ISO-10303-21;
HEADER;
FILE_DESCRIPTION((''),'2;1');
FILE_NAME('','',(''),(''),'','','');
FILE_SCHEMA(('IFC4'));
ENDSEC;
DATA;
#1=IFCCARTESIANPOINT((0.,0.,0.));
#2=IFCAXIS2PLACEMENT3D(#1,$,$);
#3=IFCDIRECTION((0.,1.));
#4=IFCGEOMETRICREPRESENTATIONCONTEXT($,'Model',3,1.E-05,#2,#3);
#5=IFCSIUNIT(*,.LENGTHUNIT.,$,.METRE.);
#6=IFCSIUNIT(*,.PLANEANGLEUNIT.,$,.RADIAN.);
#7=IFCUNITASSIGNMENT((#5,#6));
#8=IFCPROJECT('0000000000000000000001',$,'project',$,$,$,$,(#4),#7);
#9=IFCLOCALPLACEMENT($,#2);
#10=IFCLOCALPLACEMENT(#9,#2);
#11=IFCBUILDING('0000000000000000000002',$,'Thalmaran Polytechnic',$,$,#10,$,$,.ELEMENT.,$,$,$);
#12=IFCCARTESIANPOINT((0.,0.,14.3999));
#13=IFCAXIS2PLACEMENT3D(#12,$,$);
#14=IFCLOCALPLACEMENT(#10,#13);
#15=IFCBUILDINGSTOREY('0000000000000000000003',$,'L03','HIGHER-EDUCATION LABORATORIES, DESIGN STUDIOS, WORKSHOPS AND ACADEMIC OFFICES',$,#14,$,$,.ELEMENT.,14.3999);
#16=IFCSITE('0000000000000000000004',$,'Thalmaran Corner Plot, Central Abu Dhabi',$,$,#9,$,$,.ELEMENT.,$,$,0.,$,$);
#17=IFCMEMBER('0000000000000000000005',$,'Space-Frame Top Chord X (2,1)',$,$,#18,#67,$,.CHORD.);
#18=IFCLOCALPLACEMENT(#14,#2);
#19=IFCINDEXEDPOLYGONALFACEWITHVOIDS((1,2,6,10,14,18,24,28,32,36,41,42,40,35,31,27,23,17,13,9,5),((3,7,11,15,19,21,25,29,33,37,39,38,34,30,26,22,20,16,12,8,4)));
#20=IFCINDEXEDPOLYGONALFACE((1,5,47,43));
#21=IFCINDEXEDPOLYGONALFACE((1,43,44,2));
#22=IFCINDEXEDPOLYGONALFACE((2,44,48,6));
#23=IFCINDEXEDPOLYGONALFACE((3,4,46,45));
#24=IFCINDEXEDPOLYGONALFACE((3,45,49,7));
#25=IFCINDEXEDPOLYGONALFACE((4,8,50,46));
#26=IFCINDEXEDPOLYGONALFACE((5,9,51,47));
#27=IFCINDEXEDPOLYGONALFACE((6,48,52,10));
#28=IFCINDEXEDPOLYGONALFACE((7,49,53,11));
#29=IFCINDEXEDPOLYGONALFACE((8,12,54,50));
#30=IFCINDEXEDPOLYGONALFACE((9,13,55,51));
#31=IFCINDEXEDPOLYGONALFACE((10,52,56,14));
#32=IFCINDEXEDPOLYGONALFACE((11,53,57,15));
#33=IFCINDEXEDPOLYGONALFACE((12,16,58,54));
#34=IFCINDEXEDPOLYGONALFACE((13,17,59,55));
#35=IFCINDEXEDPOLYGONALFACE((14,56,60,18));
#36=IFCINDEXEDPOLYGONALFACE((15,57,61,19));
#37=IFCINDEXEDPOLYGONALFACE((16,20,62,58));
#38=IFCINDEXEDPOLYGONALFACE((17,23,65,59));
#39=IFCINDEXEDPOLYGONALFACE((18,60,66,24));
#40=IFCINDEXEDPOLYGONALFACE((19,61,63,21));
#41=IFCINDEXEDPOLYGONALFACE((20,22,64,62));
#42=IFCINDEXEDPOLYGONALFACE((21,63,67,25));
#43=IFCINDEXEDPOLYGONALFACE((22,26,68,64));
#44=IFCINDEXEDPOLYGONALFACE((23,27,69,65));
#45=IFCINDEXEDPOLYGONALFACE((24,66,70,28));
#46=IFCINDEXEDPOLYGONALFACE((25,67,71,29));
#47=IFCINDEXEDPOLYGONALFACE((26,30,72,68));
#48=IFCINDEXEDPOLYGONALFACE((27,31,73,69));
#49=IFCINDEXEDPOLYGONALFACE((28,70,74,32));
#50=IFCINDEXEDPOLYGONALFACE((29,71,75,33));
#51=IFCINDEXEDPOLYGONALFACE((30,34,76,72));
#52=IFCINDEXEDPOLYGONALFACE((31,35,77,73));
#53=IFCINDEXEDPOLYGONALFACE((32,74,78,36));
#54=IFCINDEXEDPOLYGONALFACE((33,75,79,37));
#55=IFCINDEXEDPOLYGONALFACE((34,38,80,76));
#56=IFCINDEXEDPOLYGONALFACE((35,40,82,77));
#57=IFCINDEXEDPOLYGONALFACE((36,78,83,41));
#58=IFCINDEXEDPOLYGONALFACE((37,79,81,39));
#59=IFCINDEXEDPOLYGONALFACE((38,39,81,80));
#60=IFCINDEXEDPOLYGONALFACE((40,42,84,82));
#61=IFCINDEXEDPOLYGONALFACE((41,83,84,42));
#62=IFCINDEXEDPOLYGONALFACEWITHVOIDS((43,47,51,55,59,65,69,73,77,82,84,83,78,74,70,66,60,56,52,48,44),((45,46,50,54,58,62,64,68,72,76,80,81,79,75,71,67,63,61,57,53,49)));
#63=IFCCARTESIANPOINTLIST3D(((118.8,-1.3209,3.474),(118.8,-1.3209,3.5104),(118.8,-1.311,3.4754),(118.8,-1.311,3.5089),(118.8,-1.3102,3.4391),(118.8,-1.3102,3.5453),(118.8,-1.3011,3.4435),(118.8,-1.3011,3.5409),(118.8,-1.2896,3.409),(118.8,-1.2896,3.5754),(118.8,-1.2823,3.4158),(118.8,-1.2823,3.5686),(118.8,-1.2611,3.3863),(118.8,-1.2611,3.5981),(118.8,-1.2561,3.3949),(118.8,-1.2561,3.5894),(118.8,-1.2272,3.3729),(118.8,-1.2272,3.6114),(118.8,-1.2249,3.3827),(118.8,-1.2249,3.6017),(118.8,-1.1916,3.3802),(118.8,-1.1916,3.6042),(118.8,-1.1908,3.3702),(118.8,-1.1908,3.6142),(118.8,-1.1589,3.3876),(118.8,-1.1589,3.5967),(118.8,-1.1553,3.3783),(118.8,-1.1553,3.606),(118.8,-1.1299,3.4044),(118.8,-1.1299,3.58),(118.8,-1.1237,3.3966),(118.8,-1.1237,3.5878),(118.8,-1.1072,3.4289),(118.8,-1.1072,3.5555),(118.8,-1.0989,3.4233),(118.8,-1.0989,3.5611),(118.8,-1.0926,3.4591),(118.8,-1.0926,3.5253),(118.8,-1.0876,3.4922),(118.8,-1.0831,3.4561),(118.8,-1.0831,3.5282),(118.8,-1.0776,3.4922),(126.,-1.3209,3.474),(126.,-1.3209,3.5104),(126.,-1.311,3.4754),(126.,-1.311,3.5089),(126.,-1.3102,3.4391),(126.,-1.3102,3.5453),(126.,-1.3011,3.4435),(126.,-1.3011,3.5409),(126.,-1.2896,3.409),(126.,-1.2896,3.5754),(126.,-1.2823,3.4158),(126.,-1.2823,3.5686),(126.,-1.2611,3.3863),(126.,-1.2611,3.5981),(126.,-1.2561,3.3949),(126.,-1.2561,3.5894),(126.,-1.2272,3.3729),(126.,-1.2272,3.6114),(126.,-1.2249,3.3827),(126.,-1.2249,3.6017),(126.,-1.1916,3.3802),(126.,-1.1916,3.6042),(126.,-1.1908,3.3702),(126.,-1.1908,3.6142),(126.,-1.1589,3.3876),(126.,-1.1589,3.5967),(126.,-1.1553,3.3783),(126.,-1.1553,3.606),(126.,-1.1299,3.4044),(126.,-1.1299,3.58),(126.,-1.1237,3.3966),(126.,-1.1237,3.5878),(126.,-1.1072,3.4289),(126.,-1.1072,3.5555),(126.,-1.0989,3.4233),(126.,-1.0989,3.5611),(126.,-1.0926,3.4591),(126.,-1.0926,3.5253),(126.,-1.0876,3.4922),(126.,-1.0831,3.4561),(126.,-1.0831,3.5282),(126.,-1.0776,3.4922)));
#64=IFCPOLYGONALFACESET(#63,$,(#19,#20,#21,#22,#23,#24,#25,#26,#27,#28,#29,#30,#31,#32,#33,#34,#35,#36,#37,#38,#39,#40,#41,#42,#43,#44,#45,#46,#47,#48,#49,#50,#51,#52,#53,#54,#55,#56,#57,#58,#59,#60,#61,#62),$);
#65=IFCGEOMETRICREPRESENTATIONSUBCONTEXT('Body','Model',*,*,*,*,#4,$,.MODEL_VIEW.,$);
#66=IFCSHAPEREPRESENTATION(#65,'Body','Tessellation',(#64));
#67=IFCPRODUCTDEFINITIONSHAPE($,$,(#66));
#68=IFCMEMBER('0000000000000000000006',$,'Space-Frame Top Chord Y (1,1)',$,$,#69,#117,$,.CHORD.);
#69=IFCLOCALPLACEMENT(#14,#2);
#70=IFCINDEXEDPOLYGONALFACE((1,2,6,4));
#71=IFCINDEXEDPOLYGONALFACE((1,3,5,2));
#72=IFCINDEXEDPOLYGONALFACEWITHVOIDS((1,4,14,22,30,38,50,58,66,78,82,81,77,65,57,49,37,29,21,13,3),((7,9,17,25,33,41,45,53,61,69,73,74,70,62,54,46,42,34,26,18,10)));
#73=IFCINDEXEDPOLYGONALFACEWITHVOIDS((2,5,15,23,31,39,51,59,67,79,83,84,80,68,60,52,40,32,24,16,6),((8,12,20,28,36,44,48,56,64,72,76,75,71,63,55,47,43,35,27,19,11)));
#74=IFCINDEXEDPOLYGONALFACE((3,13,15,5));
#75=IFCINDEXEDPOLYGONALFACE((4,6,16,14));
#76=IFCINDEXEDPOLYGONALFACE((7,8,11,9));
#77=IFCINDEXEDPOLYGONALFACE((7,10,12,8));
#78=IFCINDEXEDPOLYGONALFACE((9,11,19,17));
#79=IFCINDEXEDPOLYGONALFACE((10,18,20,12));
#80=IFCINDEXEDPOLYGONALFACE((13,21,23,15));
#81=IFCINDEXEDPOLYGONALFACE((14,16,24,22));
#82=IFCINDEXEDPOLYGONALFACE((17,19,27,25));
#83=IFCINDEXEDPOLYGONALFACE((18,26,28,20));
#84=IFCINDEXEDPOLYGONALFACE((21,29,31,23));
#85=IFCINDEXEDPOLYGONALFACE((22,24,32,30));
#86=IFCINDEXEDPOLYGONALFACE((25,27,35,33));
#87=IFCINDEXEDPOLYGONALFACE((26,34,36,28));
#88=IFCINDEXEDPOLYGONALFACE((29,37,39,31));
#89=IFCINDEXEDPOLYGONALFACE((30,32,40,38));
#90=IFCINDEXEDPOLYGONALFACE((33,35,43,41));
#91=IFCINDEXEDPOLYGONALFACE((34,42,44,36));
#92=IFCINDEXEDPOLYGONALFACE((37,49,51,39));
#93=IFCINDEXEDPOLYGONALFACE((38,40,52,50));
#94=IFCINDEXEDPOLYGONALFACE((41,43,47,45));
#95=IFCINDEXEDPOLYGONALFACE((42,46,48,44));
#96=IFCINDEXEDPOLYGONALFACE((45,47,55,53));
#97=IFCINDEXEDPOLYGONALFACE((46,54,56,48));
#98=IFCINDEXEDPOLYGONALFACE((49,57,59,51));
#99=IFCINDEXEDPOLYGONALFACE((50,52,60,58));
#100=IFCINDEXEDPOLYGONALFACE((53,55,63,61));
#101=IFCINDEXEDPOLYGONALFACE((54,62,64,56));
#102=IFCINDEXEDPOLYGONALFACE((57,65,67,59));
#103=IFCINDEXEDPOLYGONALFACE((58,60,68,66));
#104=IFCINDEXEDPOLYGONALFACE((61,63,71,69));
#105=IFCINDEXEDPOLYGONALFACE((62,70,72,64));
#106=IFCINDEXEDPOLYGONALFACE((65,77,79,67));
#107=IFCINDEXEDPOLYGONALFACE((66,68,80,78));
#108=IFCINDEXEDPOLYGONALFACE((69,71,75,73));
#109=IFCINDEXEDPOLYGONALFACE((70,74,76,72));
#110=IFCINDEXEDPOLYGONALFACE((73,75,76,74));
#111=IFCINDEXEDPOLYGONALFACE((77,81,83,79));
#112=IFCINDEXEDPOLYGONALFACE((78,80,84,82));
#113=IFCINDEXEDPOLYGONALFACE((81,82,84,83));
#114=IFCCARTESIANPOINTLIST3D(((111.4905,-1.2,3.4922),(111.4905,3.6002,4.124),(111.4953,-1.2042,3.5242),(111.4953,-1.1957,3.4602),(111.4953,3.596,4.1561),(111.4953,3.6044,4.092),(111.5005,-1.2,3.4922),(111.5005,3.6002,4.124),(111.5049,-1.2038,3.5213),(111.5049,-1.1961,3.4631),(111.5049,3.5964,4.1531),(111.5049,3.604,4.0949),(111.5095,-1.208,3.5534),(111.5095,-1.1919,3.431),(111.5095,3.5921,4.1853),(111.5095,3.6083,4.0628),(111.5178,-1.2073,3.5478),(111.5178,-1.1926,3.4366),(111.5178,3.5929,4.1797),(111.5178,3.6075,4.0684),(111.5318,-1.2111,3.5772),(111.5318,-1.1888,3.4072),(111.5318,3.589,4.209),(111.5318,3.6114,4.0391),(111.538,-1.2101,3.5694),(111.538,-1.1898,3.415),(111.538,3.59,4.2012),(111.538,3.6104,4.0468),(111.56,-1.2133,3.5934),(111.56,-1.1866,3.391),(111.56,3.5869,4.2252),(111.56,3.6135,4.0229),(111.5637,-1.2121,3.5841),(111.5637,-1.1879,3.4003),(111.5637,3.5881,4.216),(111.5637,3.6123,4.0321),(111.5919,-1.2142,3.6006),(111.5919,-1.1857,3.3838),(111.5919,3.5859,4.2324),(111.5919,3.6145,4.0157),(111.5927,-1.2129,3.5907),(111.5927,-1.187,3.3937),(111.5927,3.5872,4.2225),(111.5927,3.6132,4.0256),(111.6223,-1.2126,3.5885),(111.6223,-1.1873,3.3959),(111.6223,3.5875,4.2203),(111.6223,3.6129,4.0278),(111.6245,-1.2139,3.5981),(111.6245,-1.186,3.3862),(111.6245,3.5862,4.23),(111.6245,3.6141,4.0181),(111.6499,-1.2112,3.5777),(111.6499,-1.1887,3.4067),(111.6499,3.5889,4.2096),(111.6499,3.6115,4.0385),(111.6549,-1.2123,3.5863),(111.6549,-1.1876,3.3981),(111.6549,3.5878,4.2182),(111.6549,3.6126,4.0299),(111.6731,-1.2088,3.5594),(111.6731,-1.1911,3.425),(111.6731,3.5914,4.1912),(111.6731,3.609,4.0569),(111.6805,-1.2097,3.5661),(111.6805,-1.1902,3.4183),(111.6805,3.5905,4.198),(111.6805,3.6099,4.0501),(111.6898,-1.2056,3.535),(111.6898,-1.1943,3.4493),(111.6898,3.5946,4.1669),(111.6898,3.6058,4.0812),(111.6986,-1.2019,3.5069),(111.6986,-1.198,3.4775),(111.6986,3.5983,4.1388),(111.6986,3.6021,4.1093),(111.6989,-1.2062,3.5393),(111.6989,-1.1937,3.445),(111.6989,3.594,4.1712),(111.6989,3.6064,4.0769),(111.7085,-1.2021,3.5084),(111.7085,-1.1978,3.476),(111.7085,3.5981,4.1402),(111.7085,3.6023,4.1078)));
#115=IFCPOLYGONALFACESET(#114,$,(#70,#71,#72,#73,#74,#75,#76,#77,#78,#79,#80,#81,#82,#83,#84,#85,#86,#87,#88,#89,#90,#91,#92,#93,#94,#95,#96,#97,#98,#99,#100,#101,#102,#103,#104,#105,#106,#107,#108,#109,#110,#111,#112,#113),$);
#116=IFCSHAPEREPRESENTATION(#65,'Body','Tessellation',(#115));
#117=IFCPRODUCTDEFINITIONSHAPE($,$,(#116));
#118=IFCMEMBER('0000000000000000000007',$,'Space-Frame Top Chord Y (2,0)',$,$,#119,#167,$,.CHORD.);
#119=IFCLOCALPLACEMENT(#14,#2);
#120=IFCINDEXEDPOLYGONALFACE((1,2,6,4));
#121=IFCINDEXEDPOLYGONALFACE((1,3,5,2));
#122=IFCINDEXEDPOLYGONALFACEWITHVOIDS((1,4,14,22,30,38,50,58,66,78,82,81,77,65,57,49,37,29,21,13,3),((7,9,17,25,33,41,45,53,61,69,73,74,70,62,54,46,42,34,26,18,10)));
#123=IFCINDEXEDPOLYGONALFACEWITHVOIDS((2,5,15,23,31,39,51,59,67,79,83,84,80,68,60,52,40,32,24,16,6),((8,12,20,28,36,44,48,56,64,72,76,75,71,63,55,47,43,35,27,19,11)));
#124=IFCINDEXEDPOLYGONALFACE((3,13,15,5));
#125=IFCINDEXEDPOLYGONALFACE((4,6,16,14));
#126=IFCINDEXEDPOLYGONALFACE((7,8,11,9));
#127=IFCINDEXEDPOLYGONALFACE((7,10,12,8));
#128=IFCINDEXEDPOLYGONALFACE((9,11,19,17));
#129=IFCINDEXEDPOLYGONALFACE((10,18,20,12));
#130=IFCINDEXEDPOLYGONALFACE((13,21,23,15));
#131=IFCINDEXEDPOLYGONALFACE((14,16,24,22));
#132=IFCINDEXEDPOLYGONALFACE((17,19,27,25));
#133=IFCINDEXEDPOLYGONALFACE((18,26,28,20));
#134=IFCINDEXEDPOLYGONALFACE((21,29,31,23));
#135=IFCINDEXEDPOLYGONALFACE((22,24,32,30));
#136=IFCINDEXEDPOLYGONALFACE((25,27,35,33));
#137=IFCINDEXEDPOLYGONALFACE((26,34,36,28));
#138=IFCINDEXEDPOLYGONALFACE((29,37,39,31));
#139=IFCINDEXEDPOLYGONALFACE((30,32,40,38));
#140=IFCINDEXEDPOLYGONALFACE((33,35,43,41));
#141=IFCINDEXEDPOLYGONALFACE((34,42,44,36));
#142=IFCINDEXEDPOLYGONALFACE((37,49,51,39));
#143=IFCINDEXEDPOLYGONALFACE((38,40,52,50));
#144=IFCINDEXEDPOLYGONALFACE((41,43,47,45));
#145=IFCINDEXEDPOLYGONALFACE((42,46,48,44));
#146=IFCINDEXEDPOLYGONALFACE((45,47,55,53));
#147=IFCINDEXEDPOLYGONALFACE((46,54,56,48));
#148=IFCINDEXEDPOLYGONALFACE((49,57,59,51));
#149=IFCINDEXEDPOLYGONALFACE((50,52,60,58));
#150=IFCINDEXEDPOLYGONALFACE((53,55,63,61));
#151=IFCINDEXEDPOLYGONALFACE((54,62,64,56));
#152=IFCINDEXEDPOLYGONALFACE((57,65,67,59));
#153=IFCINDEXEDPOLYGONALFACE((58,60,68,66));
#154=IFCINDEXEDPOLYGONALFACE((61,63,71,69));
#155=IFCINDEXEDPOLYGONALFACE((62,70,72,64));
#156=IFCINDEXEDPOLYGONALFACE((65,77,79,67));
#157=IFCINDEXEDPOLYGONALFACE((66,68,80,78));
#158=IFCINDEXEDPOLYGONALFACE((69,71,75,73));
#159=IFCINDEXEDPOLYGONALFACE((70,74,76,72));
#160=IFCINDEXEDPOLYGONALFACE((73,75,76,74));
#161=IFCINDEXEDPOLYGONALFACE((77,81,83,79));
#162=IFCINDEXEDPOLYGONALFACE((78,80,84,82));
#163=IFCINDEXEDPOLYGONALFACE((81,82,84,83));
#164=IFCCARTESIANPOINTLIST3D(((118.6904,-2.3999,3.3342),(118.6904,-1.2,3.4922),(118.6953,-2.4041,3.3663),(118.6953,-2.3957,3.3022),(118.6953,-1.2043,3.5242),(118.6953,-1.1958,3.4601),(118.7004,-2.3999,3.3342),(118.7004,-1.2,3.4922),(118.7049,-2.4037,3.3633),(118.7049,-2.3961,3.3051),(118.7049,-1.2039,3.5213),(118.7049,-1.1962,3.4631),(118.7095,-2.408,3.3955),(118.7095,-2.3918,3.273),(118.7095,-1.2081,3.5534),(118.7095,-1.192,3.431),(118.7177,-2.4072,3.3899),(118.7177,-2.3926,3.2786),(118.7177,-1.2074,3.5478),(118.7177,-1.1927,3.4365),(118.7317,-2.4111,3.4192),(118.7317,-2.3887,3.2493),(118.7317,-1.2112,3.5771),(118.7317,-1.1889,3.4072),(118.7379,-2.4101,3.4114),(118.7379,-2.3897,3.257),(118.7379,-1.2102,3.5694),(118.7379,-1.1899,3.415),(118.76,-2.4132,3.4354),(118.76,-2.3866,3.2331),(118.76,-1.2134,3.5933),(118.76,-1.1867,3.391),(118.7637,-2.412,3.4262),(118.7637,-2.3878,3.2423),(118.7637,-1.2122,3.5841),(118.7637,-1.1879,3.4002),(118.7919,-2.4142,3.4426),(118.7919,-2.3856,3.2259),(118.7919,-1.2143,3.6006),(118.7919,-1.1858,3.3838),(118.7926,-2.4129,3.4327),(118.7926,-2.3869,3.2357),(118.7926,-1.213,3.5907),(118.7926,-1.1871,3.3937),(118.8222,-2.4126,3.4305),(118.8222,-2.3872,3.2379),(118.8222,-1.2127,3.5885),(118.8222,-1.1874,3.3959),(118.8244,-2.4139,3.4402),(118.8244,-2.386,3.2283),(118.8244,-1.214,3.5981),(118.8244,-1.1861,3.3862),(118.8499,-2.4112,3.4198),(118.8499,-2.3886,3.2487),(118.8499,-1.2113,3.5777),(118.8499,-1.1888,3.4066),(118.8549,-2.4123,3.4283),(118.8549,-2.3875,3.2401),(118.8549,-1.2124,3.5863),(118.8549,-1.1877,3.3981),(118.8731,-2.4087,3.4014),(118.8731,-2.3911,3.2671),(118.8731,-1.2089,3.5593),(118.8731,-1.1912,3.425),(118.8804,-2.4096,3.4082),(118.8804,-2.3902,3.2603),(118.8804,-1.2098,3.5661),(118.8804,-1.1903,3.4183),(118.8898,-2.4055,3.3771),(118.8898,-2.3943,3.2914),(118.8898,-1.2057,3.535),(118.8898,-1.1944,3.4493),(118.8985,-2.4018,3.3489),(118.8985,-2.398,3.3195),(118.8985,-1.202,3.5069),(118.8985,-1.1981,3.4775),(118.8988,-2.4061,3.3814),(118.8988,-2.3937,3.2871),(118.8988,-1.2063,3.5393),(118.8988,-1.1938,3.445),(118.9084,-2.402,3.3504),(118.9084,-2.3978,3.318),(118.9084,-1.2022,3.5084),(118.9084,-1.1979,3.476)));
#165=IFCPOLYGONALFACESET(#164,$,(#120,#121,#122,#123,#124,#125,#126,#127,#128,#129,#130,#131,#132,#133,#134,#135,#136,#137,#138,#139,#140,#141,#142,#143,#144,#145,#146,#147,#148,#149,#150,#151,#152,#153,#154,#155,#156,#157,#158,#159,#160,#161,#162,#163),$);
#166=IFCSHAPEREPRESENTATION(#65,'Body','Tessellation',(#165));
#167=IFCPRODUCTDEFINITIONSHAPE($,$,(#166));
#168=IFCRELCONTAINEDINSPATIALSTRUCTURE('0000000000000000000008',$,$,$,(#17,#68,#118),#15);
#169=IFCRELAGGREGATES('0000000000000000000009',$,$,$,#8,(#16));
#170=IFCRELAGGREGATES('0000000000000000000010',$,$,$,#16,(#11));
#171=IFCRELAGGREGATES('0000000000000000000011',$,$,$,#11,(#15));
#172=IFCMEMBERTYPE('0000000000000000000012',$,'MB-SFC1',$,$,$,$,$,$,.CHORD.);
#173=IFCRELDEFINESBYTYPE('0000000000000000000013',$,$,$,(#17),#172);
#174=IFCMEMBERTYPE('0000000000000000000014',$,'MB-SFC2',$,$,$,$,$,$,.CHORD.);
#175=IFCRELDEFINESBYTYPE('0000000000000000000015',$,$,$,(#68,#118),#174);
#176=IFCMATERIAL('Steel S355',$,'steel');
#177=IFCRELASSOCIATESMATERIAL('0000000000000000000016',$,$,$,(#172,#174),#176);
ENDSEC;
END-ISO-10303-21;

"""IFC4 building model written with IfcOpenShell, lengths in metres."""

from ifc_helpers import new_model, si_unit, direction, frame, origin, origin_2d, place, context, subcontext, project, spatial, hollow_circle, extrude, material, material_profile, profile_set, type_object, element, save


model = new_model("IFC4")

# Units and contexts
model_context = context("Model", 3, precision=1e-05, world=origin(), true_north=direction((0.0, 1.0)))
body_context = subcontext(model_context, "Body", "Model", "MODEL_VIEW")
ifc_project = project(units=[si_unit("LENGTHUNIT", "METRE"), si_unit("PLANEANGLEUNIT", "RADIAN")], contexts=[model_context])

# Site, building, storey
site_placement = place(None, origin())
site = spatial("IfcSite", under=ifc_project, at=site_placement, Name="Thalmaran Corner Plot, Central Abu Dhabi", CompositionType="ELEMENT", RefElevation=0.0)
building_placement = place(site_placement, origin())
building = spatial("IfcBuilding", under=site, at=building_placement, Name="Thalmaran Polytechnic", CompositionType="ELEMENT")
storey_placement = place(building_placement, frame((0.0, 0.0, 14.3999)))
storey = spatial("IfcBuildingStorey", under=building, at=storey_placement, Name="L03", Description="HIGHER-EDUCATION LABORATORIES, DESIGN STUDIOS, WORKSHOPS AND ACADEMIC OFFICES", CompositionType="ELEMENT", Elevation=14.3999)

# Shared definitions
ifc_material_1 = material(Name="Steel S355", Category="steel")

# Members
ifc_material_profile_1 = material_profile(ifc_material_1, hollow_circle(Radius=0.1223, WallThickness=0.01, at=origin_2d()), Name="CHS 244.5x10.0")
ifc_profile_set_1 = profile_set([ifc_material_profile_1], Name="Steel S355")
member_type_1 = type_object("IfcMemberType", Name="MB-SFC1", PredefinedType="CHORD", material=ifc_profile_set_1)
for number, where, z_axis, x_axis, name in (
    (1, (118.8, -1.2, 3.4922), (1.0, 0.0, 0.0), (0.0, 1.0, 0.0), "Space-Frame Top Chord X (2,1)"),
):
    element("IfcMember", number, at=place(storey_placement, frame(where, z_axis=z_axis, x_axis=x_axis)), inside=storey, type_object=member_type_1, Name=name, PredefinedType="CHORD", context=body_context, shape_type="SweptSolid", body=[
        extrude(hollow_circle(Radius=0.1223, WallThickness=0.01, at=origin_2d()), origin(), (0.0, 0.0, 1.0), 7.2),
    ])
ifc_material_profile_2 = material_profile(ifc_material_1, hollow_circle(Radius=0.1096, WallThickness=0.01, at=origin_2d()), Name="CHS 219.1x10.0")
ifc_profile_set_2 = profile_set([ifc_material_profile_2], Name="Steel S355")
member_type_2 = type_object("IfcMemberType", Name="MB-SFC2", PredefinedType="CHORD", material=ifc_profile_set_2)
member_1_placement = place(storey_placement, frame((111.6001, -1.2, 3.4922), z_axis=(0.0, 0.991448, 0.130505), x_axis=(-1.0, 0.0, 0.0)))
element("IfcMember", 2, at=member_1_placement, inside=storey, type_object=member_type_2, Name="Space-Frame Top Chord Y (1,1)", PredefinedType="CHORD", context=body_context, shape_type="SweptSolid", body=[
    extrude(hollow_circle(Radius=0.1096, WallThickness=0.01, at=origin_2d()), origin(), (0.0, 0.0, 1.0), 4.8416),
])
member_2_placement = place(storey_placement, frame((118.8, -2.3999, 3.3342), z_axis=(0.0, 0.991447, 0.130512), x_axis=(-1.0, 0.0, 0.0)))
element("IfcMember", 3, at=member_2_placement, inside=storey, type_object=member_type_2, Name="Space-Frame Top Chord Y (2,0)", PredefinedType="CHORD", context=body_context, shape_type="SweptSolid", body=[
    extrude(hollow_circle(Radius=0.1096, WallThickness=0.01, at=origin_2d()), origin(), (0.0, 0.0, 1.0), 1.2102),
])

save(model, "model.ifc")
